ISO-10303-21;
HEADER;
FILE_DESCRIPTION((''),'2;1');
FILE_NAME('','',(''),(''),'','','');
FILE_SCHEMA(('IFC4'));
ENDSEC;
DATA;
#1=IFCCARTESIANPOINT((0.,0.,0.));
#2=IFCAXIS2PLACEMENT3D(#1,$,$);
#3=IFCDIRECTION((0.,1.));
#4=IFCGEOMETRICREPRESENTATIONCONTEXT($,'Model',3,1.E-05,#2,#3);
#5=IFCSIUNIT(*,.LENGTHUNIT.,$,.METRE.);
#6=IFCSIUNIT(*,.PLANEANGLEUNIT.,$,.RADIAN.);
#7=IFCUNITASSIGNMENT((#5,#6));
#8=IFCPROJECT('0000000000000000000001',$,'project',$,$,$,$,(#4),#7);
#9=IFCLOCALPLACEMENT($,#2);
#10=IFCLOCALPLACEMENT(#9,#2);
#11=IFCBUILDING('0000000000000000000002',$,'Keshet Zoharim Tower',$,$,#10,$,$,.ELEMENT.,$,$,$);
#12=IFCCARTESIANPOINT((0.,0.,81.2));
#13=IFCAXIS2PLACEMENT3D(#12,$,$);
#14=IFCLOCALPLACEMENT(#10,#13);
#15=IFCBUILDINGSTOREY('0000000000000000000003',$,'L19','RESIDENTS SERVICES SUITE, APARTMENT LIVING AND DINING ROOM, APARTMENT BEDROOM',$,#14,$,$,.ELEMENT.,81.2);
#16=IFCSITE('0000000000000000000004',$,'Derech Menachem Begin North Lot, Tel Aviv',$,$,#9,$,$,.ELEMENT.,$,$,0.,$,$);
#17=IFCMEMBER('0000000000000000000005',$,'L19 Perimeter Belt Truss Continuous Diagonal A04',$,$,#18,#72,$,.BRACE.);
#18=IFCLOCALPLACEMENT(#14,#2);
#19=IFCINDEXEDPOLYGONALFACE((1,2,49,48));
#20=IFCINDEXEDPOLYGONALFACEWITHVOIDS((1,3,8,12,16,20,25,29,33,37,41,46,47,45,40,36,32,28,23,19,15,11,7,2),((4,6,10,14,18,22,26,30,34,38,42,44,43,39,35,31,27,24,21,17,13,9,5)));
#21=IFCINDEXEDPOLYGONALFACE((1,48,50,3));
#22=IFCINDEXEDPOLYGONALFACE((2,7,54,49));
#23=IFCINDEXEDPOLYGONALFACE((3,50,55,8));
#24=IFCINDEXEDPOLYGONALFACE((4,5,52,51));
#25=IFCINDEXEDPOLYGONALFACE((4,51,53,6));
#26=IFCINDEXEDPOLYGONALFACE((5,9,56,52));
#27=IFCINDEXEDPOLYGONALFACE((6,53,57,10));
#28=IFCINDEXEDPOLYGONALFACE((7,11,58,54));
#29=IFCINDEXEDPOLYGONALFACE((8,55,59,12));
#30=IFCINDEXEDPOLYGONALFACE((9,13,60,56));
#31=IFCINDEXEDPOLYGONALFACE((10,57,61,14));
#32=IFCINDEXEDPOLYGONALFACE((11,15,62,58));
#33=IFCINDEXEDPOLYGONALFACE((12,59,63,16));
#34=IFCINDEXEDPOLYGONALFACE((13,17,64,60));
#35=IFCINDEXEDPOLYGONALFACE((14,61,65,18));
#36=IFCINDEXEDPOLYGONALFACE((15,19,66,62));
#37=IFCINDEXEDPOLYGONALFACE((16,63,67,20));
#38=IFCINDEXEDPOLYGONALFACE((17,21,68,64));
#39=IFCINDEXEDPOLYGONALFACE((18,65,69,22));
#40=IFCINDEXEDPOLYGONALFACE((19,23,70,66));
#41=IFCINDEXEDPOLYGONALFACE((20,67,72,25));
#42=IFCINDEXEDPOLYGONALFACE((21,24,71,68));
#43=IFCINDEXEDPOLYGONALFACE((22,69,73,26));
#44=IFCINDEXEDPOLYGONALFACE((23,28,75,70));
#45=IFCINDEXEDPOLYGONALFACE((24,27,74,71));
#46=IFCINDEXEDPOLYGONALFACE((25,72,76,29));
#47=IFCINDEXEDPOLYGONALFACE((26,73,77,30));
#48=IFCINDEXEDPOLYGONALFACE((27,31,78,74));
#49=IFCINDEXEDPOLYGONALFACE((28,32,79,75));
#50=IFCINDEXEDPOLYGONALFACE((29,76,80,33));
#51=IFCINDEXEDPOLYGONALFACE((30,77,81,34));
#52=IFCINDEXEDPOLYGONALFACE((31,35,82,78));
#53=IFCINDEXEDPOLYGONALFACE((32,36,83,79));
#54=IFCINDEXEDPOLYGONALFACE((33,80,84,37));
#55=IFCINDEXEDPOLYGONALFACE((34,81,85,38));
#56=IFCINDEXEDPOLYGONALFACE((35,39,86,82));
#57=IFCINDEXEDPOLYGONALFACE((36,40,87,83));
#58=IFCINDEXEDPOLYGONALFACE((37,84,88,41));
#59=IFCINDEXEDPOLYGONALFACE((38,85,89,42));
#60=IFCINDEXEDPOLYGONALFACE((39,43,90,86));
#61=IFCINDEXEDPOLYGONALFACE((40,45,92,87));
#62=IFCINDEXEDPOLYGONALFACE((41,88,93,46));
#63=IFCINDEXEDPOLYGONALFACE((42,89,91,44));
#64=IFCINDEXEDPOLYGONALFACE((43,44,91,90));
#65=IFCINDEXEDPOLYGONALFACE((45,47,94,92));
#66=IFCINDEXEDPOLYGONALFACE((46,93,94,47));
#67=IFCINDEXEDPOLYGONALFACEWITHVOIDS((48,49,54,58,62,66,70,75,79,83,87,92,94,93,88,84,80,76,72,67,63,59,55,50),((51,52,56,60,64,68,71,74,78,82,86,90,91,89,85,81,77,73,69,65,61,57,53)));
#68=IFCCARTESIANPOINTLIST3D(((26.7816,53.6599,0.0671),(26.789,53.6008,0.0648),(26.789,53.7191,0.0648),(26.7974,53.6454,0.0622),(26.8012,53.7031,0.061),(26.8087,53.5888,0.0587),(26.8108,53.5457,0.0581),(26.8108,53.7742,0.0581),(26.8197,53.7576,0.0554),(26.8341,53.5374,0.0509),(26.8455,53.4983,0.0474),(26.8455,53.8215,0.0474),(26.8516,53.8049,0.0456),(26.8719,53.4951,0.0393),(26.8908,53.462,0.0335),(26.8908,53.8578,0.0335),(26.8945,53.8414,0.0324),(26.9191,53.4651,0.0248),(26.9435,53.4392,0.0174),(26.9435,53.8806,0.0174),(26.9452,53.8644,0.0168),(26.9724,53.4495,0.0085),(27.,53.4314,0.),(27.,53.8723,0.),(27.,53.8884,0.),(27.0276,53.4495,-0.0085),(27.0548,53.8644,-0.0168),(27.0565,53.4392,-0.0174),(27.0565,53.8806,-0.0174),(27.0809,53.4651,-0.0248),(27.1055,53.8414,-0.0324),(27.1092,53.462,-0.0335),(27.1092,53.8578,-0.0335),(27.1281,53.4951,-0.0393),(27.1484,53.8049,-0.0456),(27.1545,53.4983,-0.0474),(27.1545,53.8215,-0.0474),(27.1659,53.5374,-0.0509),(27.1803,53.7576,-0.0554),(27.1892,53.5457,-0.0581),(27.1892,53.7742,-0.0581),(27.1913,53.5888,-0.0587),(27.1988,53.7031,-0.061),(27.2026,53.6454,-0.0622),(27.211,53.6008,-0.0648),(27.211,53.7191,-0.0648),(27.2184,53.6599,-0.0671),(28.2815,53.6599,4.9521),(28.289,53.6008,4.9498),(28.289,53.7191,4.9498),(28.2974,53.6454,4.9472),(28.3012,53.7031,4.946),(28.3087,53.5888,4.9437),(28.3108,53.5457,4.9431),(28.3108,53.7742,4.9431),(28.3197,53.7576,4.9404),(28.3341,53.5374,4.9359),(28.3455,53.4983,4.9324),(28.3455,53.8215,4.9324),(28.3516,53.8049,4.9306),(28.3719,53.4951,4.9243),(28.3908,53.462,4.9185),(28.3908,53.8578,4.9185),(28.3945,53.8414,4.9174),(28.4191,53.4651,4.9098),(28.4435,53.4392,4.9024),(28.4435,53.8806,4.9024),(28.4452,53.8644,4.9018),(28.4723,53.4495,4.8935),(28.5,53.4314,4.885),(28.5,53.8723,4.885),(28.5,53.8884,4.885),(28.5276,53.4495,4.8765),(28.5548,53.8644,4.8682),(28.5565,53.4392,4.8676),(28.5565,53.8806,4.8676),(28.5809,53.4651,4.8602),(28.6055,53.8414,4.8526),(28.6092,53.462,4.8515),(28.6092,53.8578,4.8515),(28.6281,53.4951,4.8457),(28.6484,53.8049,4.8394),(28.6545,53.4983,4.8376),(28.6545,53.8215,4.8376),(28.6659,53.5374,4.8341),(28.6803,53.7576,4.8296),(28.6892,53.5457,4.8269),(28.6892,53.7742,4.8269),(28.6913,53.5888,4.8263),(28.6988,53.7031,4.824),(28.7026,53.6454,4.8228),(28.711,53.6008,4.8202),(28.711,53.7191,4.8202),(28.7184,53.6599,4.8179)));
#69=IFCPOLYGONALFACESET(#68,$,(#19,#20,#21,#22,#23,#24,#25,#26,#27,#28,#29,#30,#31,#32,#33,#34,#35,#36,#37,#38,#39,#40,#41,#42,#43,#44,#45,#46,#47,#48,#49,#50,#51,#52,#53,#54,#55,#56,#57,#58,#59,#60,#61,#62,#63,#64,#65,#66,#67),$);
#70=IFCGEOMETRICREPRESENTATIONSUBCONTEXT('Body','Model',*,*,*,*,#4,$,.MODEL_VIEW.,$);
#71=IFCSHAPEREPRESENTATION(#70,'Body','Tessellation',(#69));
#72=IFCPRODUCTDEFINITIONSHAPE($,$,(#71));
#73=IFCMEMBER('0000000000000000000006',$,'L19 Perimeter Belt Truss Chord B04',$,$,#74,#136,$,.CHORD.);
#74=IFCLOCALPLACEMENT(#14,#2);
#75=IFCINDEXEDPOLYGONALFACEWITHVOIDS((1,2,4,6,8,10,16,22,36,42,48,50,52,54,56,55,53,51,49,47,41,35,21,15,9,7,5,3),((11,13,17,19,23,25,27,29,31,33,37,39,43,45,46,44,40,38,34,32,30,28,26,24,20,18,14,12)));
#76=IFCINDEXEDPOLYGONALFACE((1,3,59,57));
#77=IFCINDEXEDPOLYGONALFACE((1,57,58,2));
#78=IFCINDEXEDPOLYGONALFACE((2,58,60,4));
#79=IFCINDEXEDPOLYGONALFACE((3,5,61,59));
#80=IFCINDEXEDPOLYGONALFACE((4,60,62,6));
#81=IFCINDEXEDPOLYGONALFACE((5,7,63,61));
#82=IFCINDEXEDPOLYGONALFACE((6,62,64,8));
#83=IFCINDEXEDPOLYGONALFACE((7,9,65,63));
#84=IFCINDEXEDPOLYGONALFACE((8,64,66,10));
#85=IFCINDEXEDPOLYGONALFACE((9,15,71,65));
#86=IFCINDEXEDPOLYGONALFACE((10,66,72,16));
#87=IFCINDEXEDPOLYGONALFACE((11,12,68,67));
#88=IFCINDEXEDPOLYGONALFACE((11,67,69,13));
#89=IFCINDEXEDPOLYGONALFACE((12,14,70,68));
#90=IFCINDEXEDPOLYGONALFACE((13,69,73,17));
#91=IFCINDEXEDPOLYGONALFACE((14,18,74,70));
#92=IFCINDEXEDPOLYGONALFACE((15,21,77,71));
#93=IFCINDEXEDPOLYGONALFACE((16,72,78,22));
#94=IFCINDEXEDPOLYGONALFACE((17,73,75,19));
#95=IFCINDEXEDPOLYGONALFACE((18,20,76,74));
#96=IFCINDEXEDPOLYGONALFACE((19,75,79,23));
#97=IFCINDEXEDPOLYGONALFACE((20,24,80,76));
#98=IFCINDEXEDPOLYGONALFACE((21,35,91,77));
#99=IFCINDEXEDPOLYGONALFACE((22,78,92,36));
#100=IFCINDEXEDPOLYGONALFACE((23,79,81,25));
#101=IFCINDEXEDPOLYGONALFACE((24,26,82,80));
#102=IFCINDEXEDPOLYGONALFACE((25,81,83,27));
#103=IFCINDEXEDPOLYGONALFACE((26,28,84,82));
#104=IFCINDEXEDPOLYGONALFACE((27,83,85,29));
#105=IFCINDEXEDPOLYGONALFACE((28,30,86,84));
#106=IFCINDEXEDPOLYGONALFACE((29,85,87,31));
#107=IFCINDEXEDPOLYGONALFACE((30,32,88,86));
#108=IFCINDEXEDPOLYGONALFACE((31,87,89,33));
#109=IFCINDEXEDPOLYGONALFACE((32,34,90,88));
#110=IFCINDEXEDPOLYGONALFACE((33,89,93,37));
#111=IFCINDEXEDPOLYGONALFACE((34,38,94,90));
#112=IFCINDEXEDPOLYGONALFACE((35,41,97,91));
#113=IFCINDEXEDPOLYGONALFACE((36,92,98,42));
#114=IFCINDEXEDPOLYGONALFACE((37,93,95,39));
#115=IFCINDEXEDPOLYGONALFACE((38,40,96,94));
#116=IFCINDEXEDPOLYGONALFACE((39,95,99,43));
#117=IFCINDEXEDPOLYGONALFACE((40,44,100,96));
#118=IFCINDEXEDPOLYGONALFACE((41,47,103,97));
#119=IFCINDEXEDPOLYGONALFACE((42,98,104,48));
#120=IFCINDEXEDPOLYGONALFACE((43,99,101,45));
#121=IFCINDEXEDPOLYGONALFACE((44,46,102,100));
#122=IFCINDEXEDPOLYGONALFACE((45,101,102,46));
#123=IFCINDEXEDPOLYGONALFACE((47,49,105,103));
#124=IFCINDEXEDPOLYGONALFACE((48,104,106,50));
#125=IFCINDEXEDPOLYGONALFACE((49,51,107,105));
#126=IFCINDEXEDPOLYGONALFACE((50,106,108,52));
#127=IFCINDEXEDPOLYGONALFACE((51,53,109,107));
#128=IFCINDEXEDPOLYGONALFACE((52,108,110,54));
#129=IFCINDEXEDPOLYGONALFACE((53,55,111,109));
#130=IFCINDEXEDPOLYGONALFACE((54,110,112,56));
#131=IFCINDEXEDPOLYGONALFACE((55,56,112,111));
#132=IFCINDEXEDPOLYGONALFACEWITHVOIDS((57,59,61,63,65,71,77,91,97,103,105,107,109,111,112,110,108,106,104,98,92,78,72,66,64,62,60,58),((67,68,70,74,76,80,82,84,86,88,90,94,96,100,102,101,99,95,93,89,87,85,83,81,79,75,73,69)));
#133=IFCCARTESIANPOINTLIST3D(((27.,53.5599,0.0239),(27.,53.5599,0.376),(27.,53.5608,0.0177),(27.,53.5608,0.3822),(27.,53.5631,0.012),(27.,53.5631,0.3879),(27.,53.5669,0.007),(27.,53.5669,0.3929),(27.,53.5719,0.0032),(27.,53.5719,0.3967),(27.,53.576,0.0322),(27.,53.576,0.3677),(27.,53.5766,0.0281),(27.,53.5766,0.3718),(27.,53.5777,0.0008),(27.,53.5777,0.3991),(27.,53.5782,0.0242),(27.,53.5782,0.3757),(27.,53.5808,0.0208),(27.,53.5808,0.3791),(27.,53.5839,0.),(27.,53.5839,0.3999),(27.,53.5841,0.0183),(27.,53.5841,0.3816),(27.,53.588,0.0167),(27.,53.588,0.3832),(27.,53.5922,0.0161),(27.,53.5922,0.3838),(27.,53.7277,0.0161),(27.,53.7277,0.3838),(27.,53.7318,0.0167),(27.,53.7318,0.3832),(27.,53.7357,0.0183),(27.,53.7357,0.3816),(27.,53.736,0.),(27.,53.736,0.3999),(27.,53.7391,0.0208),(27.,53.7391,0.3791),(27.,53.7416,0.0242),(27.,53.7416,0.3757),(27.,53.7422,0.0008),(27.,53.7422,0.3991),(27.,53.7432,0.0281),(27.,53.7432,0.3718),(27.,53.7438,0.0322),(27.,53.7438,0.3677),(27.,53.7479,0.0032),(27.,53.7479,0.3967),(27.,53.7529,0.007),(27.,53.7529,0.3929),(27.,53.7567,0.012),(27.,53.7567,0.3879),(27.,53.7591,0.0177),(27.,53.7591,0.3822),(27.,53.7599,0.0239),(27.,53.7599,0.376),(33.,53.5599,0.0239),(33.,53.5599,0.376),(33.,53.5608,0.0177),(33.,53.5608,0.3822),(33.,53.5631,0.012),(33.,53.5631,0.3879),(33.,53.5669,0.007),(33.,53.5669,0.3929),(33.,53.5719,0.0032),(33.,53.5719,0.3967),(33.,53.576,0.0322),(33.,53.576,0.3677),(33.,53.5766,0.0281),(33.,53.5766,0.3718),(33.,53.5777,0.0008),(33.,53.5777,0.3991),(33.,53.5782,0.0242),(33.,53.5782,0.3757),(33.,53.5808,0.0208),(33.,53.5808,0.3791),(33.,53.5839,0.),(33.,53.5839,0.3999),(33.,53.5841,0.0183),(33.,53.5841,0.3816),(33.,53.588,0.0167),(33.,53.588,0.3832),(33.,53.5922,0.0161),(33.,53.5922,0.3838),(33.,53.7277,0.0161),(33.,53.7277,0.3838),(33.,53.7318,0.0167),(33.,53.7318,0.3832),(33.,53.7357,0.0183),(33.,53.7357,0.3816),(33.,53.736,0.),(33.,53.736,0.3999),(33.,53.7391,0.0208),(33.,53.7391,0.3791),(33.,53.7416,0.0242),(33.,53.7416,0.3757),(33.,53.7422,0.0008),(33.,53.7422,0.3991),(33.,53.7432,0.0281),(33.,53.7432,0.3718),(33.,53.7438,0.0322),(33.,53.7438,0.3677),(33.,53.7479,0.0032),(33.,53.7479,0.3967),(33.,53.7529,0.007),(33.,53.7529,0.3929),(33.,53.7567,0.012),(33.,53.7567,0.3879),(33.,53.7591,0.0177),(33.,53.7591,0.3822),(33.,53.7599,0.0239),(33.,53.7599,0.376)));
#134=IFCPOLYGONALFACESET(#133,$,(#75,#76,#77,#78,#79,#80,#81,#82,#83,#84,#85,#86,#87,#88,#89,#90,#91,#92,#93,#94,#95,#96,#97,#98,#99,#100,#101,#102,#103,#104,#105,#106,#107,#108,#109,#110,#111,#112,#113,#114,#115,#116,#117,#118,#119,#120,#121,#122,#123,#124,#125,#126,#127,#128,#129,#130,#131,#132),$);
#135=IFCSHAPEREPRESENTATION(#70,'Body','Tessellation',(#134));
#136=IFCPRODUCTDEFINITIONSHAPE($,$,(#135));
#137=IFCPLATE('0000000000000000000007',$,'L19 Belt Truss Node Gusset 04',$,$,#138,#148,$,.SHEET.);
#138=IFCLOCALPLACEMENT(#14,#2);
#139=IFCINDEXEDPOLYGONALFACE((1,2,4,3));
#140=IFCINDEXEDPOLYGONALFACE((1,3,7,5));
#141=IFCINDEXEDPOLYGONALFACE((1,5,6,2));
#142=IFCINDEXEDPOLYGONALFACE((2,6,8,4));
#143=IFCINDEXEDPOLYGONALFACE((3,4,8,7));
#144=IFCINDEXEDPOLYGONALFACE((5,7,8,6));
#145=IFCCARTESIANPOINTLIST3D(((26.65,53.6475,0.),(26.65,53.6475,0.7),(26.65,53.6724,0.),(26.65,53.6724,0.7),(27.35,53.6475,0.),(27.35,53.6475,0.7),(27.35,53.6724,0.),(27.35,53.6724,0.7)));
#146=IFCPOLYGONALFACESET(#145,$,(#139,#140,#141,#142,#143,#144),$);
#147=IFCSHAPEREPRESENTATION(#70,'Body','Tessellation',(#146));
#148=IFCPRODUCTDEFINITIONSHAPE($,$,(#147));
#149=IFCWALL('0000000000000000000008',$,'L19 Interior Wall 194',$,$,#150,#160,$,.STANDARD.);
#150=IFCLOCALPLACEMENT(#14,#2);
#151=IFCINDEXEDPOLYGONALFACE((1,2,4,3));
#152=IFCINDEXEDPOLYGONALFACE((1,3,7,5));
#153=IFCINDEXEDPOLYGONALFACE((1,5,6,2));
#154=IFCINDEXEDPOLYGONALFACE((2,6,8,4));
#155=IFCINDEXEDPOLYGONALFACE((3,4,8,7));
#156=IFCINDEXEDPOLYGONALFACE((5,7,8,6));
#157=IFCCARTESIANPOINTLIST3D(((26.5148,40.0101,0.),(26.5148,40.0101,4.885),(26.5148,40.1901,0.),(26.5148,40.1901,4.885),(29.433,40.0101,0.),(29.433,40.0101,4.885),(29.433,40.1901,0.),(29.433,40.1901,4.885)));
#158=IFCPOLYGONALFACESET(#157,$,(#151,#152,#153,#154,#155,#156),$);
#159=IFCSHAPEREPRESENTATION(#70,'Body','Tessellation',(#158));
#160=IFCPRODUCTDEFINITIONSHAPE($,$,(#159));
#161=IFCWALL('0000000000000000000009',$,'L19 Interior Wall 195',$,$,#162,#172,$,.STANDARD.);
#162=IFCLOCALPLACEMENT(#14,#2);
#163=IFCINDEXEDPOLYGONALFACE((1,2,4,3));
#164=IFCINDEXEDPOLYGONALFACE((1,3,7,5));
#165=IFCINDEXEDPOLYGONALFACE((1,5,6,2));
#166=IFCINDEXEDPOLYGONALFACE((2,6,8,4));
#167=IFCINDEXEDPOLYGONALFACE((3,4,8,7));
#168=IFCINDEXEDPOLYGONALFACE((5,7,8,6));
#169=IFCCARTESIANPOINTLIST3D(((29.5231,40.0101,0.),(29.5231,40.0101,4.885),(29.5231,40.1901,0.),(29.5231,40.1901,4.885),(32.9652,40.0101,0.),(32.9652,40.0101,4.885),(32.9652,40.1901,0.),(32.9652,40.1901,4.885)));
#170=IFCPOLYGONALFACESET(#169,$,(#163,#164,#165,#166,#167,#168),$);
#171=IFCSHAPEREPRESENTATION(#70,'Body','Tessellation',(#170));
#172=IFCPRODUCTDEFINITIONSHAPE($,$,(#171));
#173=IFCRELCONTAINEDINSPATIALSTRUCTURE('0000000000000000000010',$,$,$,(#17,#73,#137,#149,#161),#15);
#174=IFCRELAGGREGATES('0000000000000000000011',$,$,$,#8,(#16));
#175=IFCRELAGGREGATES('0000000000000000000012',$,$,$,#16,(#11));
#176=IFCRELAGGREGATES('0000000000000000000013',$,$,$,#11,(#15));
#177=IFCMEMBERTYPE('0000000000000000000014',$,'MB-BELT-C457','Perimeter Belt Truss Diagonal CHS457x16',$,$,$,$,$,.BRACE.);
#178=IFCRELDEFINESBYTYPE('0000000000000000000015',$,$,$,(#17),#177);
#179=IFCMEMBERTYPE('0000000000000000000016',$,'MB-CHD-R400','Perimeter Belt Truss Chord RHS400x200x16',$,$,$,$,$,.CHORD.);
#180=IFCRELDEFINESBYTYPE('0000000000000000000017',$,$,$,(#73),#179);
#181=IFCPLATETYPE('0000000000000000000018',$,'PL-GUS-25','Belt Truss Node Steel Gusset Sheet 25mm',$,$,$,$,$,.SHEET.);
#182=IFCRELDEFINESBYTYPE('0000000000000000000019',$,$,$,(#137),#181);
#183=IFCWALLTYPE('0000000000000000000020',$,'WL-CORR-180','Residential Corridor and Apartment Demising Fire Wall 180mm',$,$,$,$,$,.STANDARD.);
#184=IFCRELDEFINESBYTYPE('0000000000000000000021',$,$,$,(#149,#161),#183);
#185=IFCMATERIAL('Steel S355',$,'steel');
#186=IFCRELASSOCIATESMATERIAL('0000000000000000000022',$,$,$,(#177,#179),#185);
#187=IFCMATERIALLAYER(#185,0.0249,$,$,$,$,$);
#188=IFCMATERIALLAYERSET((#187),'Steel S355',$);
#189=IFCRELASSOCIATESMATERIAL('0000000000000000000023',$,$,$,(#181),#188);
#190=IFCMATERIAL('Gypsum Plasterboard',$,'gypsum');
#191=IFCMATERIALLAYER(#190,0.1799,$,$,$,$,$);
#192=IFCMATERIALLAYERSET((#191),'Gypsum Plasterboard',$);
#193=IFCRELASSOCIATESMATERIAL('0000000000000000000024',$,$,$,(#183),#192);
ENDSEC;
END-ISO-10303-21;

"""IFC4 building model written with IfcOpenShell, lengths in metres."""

from ifc_helpers import new_model, si_unit, direction, frame, frame_2d, origin, origin_2d, place, context, subcontext, project, spatial, rectangle, hollow_rectangle, hollow_circle, extrude, material, layer, layer_set, material_profile, profile_set, type_object, element, save


model = new_model("IFC4")

# Units and contexts
model_context = context("Model", 3, precision=1e-05, world=origin(), true_north=direction((0.0, 1.0)))
body_context = subcontext(model_context, "Body", "Model", "MODEL_VIEW")
ifc_project = project(units=[si_unit("LENGTHUNIT", "METRE"), si_unit("PLANEANGLEUNIT", "RADIAN")], contexts=[model_context])

# Site, building, storey
site_placement = place(None, origin())
site = spatial("IfcSite", under=ifc_project, at=site_placement, Name="Derech Menachem Begin North Lot, Tel Aviv", CompositionType="ELEMENT", RefElevation=0.0)
building_placement = place(site_placement, origin())
building = spatial("IfcBuilding", under=site, at=building_placement, Name="Keshet Zoharim Tower", CompositionType="ELEMENT")
storey_placement = place(building_placement, frame((0.0, 0.0, 81.2)))
storey = spatial("IfcBuildingStorey", under=building, at=storey_placement, Name="L19", Description="RESIDENTS SERVICES SUITE, APARTMENT LIVING AND DINING ROOM, APARTMENT BEDROOM", CompositionType="ELEMENT", Elevation=81.2)

# Members
ifc_material_1 = material(Name="Steel S355", Category="steel")
ifc_material_profile_1 = material_profile(ifc_material_1, hollow_circle(Radius=0.2285, WallThickness=0.0161, at=origin_2d()), Name="CHS457x16")
ifc_profile_set_1 = profile_set([ifc_material_profile_1], Name="Steel S355")
member_type_1 = type_object("IfcMemberType", Name="MB-BELT-C457", Description="Perimeter Belt Truss Diagonal CHS457x16", PredefinedType="BRACE", material=ifc_profile_set_1)
member_1_placement = place(storey_placement, frame((27.0, 53.6599, 0.0), z_axis=(0.293535, 0.0, 0.955948), x_axis=(0.0, 1.0, 0.0)))
element("IfcMember", 1, at=member_1_placement, inside=storey, type_object=member_type_1, Name="L19 Perimeter Belt Truss Continuous Diagonal A04", PredefinedType="BRACE", context=body_context, shape_type="SweptSolid", body=[
    extrude(hollow_circle(Radius=0.2285, WallThickness=0.0161, at=origin_2d()), origin(), (0.0, 0.0, 1.0), 5.1101),
])
ifc_material_profile_2 = material_profile(ifc_material_1, hollow_rectangle(XDim=0.2, YDim=0.3999, WallThickness=0.0161, InnerFilletRadius=0.0161, OuterFilletRadius=0.0239, at=origin_2d()), Name="RHS400x200x16")
ifc_profile_set_2 = profile_set([ifc_material_profile_2], Name="Steel S355")
member_type_2 = type_object("IfcMemberType", Name="MB-CHD-R400", Description="Perimeter Belt Truss Chord RHS400x200x16", PredefinedType="CHORD", material=ifc_profile_set_2)
member_2_placement = place(storey_placement, frame((27.0, 53.6599, 0.2), z_axis=(1.0, 0.0, 0.0), x_axis=(0.0, 1.0, 0.0)))
element("IfcMember", 2, at=member_2_placement, inside=storey, type_object=member_type_2, Name="L19 Perimeter Belt Truss Chord B04", PredefinedType="CHORD", context=body_context, shape_type="SweptSolid", body=[
    extrude(hollow_rectangle(XDim=0.2, YDim=0.3999, WallThickness=0.0161, InnerFilletRadius=0.0161, OuterFilletRadius=0.0239, at=origin_2d()), origin(), (0.0, 0.0, 1.0), 6.0),
])

# Plate
ifc_layer_1 = layer(ifc_material_1, 0.0249)
ifc_layer_set_1 = layer_set([ifc_layer_1], Name="Steel S355")
plate_type = type_object("IfcPlateType", Name="PL-GUS-25", Description="Belt Truss Node Steel Gusset Sheet 25mm", PredefinedType="SHEET", material=ifc_layer_set_1)
plate_placement = place(storey_placement, frame((27.0, 53.6599, 0.0), z_axis=(0.0, 0.0, 1.0), x_axis=(1.0, 0.0, 0.0)))
element("IfcPlate", 3, at=plate_placement, inside=storey, type_object=plate_type, Name="L19 Belt Truss Node Gusset 04", PredefinedType="SHEET", context=body_context, shape_type="SweptSolid", body=[
    extrude(rectangle(XDim=0.7, YDim=0.0249, at=origin_2d()), origin(), (0.0, 0.0, 1.0), 0.7),
])

# Walls
ifc_material_2 = material(Name="Gypsum Plasterboard", Category="gypsum")
ifc_layer_2 = layer(ifc_material_2, 0.1799)
ifc_layer_set_2 = layer_set([ifc_layer_2], Name="Gypsum Plasterboard")
wall_type_1 = type_object("IfcWallType", Name="WL-CORR-180", Description="Residential Corridor and Apartment Demising Fire Wall 180mm", PredefinedType="STANDARD", material=ifc_layer_set_2)
wall_1_placement = place(storey_placement, frame((26.5149, 40.1001, 0.0), z_axis=(0.0, 0.0, 1.0), x_axis=(1.0, 0.0, 0.0)))
element("IfcWall", 4, at=wall_1_placement, inside=storey, type_object=wall_type_1, Name="L19 Interior Wall 194", PredefinedType="STANDARD", context=body_context, shape_type="SweptSolid", body=[
    extrude(rectangle(XDim=2.9182, YDim=0.1799, at=frame_2d((1.459, 0.0))), origin(), (0.0, 0.0, 1.0), 4.885),
])
wall_2_placement = place(storey_placement, frame((29.5229, 40.1001, 0.0), z_axis=(0.0, 0.0, 1.0), x_axis=(1.0, 0.0, 0.0)))
element("IfcWall", 5, at=wall_2_placement, inside=storey, type_object=wall_type_1, Name="L19 Interior Wall 195", PredefinedType="STANDARD", context=body_context, shape_type="SweptSolid", body=[
    extrude(rectangle(XDim=3.4421, YDim=0.1799, at=frame_2d((1.7212, 0.0))), origin(), (0.0, 0.0, 1.0), 4.885),
])

save(model, "model.ifc")
